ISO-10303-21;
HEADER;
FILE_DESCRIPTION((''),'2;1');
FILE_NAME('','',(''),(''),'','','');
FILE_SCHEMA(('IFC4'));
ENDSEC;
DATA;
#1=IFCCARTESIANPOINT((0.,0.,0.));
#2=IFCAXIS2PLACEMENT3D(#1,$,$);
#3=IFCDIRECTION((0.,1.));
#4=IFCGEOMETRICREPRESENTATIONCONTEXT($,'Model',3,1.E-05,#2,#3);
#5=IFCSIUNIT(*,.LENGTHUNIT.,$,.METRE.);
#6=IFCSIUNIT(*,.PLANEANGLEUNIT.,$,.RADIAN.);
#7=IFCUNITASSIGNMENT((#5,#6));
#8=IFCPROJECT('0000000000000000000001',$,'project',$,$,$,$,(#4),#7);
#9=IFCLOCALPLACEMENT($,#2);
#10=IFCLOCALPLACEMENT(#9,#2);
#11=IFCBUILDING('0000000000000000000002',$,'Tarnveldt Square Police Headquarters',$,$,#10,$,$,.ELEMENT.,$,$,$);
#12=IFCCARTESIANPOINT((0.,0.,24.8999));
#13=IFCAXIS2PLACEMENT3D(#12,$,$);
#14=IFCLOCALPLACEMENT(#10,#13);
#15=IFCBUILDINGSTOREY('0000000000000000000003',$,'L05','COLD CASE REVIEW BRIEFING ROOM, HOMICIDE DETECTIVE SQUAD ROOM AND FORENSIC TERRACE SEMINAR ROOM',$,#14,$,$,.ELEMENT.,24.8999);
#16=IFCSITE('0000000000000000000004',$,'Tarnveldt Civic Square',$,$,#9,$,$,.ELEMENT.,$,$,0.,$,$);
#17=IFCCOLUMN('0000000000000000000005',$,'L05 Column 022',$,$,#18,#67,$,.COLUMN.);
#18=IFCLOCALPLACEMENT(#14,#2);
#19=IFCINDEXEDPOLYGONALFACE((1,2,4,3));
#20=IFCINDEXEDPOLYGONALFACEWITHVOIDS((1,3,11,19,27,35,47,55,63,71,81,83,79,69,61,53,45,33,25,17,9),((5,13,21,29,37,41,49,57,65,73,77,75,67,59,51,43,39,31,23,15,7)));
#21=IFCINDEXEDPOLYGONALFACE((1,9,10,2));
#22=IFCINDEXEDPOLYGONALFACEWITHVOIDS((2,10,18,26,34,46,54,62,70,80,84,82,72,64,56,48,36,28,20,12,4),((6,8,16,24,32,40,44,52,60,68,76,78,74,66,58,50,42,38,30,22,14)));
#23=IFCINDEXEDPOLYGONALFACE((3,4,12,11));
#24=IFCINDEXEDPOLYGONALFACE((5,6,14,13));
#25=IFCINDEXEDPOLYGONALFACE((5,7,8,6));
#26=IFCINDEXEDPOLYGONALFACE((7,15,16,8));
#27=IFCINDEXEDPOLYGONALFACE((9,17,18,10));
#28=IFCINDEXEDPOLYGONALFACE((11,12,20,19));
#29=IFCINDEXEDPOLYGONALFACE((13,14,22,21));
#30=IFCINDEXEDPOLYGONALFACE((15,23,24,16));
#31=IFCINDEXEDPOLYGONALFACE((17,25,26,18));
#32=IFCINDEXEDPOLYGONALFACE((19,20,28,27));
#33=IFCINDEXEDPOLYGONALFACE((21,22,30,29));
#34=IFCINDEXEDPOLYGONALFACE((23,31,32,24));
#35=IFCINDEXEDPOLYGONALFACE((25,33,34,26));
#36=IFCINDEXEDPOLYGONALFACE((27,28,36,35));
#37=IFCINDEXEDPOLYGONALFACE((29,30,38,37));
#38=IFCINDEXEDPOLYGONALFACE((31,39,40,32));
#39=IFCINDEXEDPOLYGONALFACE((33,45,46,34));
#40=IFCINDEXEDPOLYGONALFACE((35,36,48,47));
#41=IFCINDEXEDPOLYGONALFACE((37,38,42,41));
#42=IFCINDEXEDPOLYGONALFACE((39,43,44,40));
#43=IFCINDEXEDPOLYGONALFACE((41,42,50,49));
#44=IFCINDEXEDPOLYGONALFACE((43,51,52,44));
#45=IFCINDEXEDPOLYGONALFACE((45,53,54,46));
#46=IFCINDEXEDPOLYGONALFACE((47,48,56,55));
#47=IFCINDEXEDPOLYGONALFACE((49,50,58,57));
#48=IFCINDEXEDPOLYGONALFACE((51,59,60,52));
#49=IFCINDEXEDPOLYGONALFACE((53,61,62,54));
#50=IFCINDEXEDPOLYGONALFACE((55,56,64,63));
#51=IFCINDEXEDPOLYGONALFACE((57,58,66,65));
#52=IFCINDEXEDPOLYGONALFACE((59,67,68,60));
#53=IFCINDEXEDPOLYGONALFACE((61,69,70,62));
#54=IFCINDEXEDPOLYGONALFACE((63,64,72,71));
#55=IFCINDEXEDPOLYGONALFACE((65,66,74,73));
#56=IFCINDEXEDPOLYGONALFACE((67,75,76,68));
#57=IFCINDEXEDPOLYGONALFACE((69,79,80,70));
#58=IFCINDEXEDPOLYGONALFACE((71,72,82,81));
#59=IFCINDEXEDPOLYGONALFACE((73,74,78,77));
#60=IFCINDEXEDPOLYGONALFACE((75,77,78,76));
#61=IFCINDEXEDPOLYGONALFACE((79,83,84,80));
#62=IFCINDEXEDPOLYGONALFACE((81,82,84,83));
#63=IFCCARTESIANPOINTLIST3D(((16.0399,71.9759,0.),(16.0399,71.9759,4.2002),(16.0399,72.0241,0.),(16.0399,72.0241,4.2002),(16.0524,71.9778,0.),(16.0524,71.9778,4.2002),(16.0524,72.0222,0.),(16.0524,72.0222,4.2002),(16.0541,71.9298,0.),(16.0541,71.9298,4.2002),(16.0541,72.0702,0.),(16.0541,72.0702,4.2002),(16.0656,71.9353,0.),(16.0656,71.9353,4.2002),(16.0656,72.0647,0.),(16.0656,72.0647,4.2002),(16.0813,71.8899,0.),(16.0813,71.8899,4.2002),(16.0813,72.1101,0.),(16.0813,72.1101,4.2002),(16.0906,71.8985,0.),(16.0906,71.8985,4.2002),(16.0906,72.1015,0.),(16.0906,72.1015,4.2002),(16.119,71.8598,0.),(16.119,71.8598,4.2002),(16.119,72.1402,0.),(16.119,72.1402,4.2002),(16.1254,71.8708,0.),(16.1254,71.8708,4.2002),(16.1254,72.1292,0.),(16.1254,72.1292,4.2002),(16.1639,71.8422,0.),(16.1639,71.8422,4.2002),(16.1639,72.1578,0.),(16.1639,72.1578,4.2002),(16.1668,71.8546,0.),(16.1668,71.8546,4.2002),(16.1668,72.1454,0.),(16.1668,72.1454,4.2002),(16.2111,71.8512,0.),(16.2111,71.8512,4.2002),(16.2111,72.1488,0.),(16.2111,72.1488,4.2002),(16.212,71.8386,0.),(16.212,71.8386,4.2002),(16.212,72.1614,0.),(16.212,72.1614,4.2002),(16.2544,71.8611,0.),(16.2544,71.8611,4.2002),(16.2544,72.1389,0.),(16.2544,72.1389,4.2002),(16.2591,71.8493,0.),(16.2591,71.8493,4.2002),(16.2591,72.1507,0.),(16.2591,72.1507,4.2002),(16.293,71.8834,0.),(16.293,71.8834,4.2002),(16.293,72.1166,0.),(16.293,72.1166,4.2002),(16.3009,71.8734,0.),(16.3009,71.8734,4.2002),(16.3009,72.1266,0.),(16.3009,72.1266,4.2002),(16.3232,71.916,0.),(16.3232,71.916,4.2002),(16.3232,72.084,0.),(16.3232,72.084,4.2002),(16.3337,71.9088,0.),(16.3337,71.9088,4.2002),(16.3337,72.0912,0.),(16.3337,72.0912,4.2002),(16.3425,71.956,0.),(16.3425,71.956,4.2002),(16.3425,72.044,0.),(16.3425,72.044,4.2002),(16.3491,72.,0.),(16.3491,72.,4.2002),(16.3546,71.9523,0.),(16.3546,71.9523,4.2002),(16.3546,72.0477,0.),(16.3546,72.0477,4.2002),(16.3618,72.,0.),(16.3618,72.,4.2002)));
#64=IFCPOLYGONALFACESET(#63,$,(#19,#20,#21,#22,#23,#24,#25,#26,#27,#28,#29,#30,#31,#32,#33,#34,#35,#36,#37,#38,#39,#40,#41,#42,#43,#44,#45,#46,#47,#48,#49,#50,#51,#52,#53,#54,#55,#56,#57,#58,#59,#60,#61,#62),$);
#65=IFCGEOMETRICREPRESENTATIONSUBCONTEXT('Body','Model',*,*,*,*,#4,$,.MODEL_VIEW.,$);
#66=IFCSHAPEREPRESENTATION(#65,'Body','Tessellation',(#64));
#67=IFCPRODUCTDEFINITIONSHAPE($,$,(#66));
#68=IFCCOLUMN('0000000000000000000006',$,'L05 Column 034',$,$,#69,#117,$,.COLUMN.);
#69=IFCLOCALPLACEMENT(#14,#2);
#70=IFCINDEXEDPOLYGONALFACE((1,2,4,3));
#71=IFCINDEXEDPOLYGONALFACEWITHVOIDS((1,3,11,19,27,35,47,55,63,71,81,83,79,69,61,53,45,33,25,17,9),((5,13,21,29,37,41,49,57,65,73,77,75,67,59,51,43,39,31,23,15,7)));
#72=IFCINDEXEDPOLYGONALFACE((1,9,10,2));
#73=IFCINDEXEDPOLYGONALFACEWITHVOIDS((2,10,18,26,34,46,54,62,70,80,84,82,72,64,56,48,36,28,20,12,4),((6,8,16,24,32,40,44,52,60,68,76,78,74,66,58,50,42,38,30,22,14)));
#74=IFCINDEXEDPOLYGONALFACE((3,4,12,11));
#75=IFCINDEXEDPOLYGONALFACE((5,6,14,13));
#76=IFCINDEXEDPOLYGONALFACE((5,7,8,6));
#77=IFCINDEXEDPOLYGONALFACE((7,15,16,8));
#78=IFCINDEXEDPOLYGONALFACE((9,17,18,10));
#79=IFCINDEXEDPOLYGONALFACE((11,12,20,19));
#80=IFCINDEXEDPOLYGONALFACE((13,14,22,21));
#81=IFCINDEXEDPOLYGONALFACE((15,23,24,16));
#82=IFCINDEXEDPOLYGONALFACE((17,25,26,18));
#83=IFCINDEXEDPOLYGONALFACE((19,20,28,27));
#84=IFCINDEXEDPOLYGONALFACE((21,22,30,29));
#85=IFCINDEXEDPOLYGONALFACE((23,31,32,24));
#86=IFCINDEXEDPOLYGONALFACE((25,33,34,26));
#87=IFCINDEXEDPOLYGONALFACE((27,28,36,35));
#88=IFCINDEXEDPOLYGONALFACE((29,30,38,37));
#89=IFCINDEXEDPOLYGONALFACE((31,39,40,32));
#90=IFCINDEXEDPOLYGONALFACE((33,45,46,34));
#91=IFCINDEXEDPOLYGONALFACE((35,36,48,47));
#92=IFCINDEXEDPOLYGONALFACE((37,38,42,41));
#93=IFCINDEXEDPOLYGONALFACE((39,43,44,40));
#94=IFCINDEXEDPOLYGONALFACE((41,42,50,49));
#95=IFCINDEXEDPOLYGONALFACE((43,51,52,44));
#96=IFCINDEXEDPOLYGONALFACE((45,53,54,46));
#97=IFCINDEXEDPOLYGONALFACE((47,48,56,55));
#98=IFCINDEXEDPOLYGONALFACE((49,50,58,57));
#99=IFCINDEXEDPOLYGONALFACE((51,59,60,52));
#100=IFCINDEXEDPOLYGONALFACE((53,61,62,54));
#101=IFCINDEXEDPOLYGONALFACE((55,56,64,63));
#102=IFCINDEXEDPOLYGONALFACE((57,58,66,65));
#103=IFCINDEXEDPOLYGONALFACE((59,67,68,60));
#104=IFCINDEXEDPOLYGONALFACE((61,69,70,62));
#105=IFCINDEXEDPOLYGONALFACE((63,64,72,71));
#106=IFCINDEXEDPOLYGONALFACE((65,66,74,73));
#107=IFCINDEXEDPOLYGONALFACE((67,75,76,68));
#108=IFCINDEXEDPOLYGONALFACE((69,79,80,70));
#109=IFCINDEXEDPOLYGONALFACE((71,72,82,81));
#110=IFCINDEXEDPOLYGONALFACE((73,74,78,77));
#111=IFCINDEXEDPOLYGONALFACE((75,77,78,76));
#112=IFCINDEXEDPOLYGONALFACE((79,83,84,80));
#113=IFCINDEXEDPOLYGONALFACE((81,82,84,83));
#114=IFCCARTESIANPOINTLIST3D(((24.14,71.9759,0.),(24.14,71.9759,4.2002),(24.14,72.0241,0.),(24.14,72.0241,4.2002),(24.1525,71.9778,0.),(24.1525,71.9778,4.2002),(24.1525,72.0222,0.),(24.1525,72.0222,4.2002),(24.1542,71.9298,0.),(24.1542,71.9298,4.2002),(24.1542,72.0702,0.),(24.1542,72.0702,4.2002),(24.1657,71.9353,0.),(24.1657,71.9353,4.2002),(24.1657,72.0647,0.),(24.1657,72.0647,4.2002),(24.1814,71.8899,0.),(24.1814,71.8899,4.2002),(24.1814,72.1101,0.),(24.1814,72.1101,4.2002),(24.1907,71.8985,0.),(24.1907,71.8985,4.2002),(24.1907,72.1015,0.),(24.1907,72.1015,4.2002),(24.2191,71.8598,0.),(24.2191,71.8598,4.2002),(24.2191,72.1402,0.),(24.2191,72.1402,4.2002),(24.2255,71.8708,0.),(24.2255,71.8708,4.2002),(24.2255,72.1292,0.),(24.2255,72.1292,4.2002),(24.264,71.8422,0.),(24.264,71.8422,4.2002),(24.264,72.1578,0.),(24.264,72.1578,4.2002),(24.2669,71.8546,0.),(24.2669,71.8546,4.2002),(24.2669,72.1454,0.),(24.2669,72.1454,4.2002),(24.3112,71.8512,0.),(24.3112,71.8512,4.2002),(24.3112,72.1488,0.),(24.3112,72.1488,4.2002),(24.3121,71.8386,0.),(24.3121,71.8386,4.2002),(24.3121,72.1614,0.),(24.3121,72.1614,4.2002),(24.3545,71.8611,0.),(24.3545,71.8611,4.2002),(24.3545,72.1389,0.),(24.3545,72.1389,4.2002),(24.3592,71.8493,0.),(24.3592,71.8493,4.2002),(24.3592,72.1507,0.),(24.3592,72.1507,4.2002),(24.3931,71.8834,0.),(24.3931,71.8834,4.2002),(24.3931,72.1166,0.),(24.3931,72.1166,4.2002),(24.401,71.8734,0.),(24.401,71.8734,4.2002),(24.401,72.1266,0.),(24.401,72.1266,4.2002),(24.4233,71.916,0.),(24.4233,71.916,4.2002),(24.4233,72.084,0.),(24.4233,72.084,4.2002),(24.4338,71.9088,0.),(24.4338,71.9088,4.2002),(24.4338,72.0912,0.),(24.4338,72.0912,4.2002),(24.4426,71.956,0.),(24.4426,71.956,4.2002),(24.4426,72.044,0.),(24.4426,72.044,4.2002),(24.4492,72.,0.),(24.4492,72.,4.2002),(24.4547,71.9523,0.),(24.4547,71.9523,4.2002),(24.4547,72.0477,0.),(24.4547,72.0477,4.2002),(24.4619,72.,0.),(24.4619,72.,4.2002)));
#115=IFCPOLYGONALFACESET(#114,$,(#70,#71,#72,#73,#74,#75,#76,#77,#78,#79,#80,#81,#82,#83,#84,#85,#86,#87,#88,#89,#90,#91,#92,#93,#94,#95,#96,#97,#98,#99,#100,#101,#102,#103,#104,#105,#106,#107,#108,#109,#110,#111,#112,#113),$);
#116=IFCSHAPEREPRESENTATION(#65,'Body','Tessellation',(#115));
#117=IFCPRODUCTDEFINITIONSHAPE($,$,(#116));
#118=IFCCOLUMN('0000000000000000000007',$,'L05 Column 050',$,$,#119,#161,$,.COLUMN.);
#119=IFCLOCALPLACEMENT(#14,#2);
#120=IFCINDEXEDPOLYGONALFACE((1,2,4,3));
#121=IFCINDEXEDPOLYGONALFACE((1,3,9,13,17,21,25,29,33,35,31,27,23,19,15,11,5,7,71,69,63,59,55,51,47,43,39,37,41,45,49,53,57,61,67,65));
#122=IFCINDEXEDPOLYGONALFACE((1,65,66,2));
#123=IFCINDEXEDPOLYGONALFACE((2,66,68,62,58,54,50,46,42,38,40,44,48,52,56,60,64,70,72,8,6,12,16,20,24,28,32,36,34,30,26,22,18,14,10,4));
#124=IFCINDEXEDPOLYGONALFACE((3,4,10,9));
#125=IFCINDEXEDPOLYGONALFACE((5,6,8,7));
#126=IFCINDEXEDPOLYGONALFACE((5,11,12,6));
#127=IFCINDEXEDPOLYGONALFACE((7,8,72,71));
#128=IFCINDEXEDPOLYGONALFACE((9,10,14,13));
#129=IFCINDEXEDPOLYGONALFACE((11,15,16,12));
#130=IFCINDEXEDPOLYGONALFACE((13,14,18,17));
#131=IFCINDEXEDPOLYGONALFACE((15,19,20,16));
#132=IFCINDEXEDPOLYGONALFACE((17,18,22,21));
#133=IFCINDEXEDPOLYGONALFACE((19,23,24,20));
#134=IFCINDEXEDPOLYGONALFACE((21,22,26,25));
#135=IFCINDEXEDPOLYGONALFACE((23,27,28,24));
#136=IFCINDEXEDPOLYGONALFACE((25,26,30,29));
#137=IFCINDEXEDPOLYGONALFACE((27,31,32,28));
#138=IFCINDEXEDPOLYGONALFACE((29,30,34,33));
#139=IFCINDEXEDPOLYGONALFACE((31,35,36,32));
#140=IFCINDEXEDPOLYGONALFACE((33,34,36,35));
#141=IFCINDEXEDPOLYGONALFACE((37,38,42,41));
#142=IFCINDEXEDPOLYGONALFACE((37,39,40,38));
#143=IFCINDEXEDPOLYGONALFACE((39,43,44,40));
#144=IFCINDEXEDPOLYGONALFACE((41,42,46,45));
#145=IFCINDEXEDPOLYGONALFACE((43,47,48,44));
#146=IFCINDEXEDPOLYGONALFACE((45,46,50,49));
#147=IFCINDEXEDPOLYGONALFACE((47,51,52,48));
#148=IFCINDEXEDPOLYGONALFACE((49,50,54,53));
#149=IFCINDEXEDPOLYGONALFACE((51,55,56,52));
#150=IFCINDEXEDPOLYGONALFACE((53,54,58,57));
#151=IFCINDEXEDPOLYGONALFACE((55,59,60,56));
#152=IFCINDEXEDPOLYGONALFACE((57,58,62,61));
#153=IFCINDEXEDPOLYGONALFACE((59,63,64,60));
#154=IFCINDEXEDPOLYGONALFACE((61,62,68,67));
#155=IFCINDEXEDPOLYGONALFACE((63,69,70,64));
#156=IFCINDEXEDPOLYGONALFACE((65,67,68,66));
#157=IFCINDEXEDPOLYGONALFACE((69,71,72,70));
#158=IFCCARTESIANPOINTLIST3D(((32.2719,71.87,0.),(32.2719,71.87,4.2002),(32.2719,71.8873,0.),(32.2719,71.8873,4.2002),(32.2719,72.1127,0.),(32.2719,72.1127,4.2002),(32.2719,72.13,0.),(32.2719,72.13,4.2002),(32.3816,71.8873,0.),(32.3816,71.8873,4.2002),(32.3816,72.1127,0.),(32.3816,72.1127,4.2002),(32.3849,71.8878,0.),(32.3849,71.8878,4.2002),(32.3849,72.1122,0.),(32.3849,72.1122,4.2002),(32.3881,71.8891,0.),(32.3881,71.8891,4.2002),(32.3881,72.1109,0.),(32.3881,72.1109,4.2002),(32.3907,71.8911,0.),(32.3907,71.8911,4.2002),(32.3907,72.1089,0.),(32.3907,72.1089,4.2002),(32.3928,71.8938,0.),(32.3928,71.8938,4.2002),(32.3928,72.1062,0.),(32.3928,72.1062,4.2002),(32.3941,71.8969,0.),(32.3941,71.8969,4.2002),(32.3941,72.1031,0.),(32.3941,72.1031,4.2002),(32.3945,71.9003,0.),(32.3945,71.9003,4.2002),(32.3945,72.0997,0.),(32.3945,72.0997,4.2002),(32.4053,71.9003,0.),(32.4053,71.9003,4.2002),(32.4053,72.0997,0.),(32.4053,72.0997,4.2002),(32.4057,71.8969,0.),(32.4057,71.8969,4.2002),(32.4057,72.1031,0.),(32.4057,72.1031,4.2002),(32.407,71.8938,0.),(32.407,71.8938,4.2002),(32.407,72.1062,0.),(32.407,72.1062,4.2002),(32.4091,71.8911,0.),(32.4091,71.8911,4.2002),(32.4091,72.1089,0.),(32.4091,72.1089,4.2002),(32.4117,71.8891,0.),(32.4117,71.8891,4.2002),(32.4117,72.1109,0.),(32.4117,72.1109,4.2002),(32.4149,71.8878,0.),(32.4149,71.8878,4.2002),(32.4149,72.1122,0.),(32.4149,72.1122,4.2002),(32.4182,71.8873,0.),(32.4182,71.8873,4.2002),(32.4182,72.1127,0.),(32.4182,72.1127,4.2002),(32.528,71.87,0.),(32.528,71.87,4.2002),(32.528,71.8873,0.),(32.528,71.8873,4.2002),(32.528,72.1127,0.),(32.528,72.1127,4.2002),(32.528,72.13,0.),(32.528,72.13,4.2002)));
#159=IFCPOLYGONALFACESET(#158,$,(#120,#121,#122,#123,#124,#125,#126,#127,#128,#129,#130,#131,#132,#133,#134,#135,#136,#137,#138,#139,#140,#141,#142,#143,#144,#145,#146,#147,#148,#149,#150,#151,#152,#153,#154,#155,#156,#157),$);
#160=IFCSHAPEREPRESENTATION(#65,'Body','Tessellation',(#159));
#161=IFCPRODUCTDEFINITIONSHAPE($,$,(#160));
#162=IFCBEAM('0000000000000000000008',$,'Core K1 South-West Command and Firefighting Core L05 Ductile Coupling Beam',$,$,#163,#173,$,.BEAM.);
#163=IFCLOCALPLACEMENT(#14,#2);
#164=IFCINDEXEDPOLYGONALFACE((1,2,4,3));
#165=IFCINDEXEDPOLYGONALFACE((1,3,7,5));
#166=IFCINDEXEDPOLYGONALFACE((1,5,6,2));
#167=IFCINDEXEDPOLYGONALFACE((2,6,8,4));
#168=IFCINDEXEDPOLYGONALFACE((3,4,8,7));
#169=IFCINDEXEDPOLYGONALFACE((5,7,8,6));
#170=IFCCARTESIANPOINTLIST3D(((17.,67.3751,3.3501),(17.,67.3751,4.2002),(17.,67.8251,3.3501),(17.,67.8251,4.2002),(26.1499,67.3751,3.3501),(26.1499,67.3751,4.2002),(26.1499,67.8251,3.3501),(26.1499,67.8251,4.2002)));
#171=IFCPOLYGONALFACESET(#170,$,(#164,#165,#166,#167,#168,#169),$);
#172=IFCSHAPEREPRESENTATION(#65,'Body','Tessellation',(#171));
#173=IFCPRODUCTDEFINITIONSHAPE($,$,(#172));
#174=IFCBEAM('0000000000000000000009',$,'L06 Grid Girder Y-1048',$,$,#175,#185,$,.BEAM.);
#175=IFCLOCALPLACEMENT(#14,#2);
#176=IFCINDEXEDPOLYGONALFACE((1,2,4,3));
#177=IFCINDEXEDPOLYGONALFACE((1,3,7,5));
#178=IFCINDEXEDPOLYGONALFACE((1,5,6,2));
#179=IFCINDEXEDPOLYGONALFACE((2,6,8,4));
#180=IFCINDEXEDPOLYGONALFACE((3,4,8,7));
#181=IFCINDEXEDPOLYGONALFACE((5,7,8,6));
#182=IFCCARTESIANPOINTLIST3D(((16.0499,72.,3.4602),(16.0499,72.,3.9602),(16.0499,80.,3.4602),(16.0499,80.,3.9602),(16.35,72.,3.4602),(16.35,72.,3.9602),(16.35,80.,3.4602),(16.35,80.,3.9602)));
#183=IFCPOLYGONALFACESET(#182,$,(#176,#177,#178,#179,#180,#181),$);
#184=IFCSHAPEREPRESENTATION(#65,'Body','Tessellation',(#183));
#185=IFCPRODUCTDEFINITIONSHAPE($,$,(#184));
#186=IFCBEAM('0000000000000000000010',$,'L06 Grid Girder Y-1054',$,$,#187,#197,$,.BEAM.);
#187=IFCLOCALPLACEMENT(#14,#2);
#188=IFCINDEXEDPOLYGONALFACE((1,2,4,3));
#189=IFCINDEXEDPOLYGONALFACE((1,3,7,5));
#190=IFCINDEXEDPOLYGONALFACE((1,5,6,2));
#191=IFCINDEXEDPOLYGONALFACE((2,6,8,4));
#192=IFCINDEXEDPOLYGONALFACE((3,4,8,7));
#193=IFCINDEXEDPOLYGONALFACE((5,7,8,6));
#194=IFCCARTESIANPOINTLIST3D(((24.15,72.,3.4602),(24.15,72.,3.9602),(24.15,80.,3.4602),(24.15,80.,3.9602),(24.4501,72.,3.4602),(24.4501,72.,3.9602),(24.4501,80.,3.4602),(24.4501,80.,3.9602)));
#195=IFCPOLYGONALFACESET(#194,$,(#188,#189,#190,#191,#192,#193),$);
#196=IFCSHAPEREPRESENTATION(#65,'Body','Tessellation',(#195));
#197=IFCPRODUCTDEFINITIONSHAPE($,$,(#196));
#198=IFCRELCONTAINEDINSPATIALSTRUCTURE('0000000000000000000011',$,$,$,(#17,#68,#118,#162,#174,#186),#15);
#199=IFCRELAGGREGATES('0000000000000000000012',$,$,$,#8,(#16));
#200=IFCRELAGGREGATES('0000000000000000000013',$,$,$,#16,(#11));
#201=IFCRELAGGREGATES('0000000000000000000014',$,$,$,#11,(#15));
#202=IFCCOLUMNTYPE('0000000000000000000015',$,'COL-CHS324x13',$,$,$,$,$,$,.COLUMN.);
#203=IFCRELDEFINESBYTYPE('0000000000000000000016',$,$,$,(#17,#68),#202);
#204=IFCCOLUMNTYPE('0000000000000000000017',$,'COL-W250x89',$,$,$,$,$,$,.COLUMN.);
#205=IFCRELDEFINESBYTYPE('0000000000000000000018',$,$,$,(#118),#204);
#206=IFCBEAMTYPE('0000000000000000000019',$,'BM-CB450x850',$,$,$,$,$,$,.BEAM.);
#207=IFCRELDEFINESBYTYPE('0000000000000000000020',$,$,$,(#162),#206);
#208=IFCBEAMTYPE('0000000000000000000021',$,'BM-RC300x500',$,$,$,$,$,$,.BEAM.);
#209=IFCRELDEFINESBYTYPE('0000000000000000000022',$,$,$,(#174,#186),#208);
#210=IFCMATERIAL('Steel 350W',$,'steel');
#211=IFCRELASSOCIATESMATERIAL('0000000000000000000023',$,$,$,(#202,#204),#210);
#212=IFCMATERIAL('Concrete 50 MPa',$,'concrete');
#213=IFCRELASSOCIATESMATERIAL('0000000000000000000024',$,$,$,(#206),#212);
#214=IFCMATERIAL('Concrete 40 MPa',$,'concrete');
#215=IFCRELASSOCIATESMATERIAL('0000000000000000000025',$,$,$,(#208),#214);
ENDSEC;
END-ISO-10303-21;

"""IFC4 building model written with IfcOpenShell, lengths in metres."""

from ifc_helpers import new_model, si_unit, direction, frame, origin, origin_2d, place, context, subcontext, project, spatial, rectangle, hollow_circle, i_section, extrude, material, material_profile, profile_set, type_object, element, save


model = new_model("IFC4")

# Units and contexts
model_context = context("Model", 3, precision=1e-05, world=origin(), true_north=direction((0.0, 1.0)))
body_context = subcontext(model_context, "Body", "Model", "MODEL_VIEW")
ifc_project = project(units=[si_unit("LENGTHUNIT", "METRE"), si_unit("PLANEANGLEUNIT", "RADIAN")], contexts=[model_context])

# Site, building, storey
site_placement = place(None, origin())
site = spatial("IfcSite", under=ifc_project, at=site_placement, Name="Tarnveldt Civic Square", CompositionType="ELEMENT", RefElevation=0.0)
building_placement = place(site_placement, origin())
building = spatial("IfcBuilding", under=site, at=building_placement, Name="Tarnveldt Square Police Headquarters", CompositionType="ELEMENT")
storey_placement = place(building_placement, frame((0.0, 0.0, 24.8999)))
storey = spatial("IfcBuildingStorey", under=building, at=storey_placement, Name="L05", Description="COLD CASE REVIEW BRIEFING ROOM, HOMICIDE DETECTIVE SQUAD ROOM AND FORENSIC TERRACE SEMINAR ROOM", CompositionType="ELEMENT", Elevation=24.8999)

# Columns
ifc_material_1 = material(Name="Steel 350W", Category="steel")
ifc_material_profile_1 = material_profile(ifc_material_1, hollow_circle(Radius=0.1619, WallThickness=0.0127, at=origin_2d()), Name="HSS324x13")
ifc_profile_set_1 = profile_set([ifc_material_profile_1], Name="Steel 350W")
column_type_1 = type_object("IfcColumnType", Name="COL-CHS324x13", PredefinedType="COLUMN", material=ifc_profile_set_1)
for number, where, z_axis, x_axis, name in (
    (1, (16.2, 72.0, 0.0), (0.0, 0.0, 1.0), (1.0, 0.0, 0.0), "L05 Column 022"),
    (2, (24.3, 72.0, 0.0), (0.0, 0.0, 1.0), (1.0, 0.0, 0.0), "L05 Column 034"),
):
    element("IfcColumn", number, at=place(storey_placement, frame(where, z_axis=z_axis, x_axis=x_axis)), inside=storey, type_object=column_type_1, Name=name, PredefinedType="COLUMN", context=body_context, shape_type="SweptSolid", body=[
        extrude(hollow_circle(Radius=0.1619, WallThickness=0.0127, at=origin_2d()), origin(), (0.0, 0.0, 1.0), 4.2002),
    ])
ifc_material_profile_2 = material_profile(ifc_material_1, i_section(OverallWidth=0.2561, OverallDepth=0.26, WebThickness=0.0107, FlangeThickness=0.0173, FilletRadius=0.0129, at=origin_2d()), Name="W250x89")
ifc_profile_set_2 = profile_set([ifc_material_profile_2], Name="Steel 350W")
column_type_2 = type_object("IfcColumnType", Name="COL-W250x89", PredefinedType="COLUMN", material=ifc_profile_set_2)
column_placement = place(storey_placement, frame((32.3999, 72.0, 0.0), z_axis=(0.0, 0.0, 1.0), x_axis=(1.0, 0.0, 0.0)))
element("IfcColumn", 3, at=column_placement, inside=storey, type_object=column_type_2, Name="L05 Column 050", PredefinedType="COLUMN", context=body_context, shape_type="SweptSolid", body=[
    extrude(i_section(OverallWidth=0.2561, OverallDepth=0.26, WebThickness=0.0107, FlangeThickness=0.0173, FilletRadius=0.0129, at=origin_2d()), origin(), (0.0, 0.0, 1.0), 4.2002),
])

# Beams
ifc_material_2 = material(Name="Concrete 50 MPa", Category="concrete")
ifc_material_profile_3 = material_profile(ifc_material_2, rectangle(XDim=0.45, YDim=0.8501, at=origin_2d()), Name="RC-CB450x850")
ifc_profile_set_3 = profile_set([ifc_material_profile_3], Name="Concrete 50 MPa")
beam_type_1 = type_object("IfcBeamType", Name="BM-CB450x850", PredefinedType="BEAM", material=ifc_profile_set_3)
beam_1_placement = place(storey_placement, frame((17.0, 67.6001, 3.7751), z_axis=(1.0, 0.0, 0.0), x_axis=(0.0, 1.0, 0.0)))
element("IfcBeam", 4, at=beam_1_placement, inside=storey, type_object=beam_type_1, Name="Core K1 South-West Command and Firefighting Core L05 Ductile Coupling Beam", PredefinedType="BEAM", context=body_context, shape_type="SweptSolid", body=[
    extrude(rectangle(XDim=0.45, YDim=0.8501, at=origin_2d()), origin(), (0.0, 0.0, 1.0), 9.1499),
])
ifc_material_3 = material(Name="Concrete 40 MPa", Category="concrete")
ifc_material_profile_4 = material_profile(ifc_material_3, rectangle(XDim=0.3, YDim=0.5, at=origin_2d()), Name="RC-B300x500")
ifc_profile_set_4 = profile_set([ifc_material_profile_4], Name="Concrete 40 MPa")
beam_type_2 = type_object("IfcBeamType", Name="BM-RC300x500", PredefinedType="BEAM", material=ifc_profile_set_4)
for number, where, z_axis, x_axis, name in (
    (5, (16.2, 72.0, 3.7102), (0.0, 1.0, 0.0), (-1.0, 0.0, 0.0), "L06 Grid Girder Y-1048"),
    (6, (24.3, 72.0, 3.7102), (0.0, 1.0, 0.0), (-1.0, 0.0, 0.0), "L06 Grid Girder Y-1054"),
):
    element("IfcBeam", number, at=place(storey_placement, frame(where, z_axis=z_axis, x_axis=x_axis)), inside=storey, type_object=beam_type_2, Name=name, PredefinedType="BEAM", context=body_context, shape_type="SweptSolid", body=[
        extrude(rectangle(XDim=0.3, YDim=0.5, at=origin_2d()), origin(), (0.0, 0.0, 1.0), 8.0),
    ])

save(model, "model.ifc")
